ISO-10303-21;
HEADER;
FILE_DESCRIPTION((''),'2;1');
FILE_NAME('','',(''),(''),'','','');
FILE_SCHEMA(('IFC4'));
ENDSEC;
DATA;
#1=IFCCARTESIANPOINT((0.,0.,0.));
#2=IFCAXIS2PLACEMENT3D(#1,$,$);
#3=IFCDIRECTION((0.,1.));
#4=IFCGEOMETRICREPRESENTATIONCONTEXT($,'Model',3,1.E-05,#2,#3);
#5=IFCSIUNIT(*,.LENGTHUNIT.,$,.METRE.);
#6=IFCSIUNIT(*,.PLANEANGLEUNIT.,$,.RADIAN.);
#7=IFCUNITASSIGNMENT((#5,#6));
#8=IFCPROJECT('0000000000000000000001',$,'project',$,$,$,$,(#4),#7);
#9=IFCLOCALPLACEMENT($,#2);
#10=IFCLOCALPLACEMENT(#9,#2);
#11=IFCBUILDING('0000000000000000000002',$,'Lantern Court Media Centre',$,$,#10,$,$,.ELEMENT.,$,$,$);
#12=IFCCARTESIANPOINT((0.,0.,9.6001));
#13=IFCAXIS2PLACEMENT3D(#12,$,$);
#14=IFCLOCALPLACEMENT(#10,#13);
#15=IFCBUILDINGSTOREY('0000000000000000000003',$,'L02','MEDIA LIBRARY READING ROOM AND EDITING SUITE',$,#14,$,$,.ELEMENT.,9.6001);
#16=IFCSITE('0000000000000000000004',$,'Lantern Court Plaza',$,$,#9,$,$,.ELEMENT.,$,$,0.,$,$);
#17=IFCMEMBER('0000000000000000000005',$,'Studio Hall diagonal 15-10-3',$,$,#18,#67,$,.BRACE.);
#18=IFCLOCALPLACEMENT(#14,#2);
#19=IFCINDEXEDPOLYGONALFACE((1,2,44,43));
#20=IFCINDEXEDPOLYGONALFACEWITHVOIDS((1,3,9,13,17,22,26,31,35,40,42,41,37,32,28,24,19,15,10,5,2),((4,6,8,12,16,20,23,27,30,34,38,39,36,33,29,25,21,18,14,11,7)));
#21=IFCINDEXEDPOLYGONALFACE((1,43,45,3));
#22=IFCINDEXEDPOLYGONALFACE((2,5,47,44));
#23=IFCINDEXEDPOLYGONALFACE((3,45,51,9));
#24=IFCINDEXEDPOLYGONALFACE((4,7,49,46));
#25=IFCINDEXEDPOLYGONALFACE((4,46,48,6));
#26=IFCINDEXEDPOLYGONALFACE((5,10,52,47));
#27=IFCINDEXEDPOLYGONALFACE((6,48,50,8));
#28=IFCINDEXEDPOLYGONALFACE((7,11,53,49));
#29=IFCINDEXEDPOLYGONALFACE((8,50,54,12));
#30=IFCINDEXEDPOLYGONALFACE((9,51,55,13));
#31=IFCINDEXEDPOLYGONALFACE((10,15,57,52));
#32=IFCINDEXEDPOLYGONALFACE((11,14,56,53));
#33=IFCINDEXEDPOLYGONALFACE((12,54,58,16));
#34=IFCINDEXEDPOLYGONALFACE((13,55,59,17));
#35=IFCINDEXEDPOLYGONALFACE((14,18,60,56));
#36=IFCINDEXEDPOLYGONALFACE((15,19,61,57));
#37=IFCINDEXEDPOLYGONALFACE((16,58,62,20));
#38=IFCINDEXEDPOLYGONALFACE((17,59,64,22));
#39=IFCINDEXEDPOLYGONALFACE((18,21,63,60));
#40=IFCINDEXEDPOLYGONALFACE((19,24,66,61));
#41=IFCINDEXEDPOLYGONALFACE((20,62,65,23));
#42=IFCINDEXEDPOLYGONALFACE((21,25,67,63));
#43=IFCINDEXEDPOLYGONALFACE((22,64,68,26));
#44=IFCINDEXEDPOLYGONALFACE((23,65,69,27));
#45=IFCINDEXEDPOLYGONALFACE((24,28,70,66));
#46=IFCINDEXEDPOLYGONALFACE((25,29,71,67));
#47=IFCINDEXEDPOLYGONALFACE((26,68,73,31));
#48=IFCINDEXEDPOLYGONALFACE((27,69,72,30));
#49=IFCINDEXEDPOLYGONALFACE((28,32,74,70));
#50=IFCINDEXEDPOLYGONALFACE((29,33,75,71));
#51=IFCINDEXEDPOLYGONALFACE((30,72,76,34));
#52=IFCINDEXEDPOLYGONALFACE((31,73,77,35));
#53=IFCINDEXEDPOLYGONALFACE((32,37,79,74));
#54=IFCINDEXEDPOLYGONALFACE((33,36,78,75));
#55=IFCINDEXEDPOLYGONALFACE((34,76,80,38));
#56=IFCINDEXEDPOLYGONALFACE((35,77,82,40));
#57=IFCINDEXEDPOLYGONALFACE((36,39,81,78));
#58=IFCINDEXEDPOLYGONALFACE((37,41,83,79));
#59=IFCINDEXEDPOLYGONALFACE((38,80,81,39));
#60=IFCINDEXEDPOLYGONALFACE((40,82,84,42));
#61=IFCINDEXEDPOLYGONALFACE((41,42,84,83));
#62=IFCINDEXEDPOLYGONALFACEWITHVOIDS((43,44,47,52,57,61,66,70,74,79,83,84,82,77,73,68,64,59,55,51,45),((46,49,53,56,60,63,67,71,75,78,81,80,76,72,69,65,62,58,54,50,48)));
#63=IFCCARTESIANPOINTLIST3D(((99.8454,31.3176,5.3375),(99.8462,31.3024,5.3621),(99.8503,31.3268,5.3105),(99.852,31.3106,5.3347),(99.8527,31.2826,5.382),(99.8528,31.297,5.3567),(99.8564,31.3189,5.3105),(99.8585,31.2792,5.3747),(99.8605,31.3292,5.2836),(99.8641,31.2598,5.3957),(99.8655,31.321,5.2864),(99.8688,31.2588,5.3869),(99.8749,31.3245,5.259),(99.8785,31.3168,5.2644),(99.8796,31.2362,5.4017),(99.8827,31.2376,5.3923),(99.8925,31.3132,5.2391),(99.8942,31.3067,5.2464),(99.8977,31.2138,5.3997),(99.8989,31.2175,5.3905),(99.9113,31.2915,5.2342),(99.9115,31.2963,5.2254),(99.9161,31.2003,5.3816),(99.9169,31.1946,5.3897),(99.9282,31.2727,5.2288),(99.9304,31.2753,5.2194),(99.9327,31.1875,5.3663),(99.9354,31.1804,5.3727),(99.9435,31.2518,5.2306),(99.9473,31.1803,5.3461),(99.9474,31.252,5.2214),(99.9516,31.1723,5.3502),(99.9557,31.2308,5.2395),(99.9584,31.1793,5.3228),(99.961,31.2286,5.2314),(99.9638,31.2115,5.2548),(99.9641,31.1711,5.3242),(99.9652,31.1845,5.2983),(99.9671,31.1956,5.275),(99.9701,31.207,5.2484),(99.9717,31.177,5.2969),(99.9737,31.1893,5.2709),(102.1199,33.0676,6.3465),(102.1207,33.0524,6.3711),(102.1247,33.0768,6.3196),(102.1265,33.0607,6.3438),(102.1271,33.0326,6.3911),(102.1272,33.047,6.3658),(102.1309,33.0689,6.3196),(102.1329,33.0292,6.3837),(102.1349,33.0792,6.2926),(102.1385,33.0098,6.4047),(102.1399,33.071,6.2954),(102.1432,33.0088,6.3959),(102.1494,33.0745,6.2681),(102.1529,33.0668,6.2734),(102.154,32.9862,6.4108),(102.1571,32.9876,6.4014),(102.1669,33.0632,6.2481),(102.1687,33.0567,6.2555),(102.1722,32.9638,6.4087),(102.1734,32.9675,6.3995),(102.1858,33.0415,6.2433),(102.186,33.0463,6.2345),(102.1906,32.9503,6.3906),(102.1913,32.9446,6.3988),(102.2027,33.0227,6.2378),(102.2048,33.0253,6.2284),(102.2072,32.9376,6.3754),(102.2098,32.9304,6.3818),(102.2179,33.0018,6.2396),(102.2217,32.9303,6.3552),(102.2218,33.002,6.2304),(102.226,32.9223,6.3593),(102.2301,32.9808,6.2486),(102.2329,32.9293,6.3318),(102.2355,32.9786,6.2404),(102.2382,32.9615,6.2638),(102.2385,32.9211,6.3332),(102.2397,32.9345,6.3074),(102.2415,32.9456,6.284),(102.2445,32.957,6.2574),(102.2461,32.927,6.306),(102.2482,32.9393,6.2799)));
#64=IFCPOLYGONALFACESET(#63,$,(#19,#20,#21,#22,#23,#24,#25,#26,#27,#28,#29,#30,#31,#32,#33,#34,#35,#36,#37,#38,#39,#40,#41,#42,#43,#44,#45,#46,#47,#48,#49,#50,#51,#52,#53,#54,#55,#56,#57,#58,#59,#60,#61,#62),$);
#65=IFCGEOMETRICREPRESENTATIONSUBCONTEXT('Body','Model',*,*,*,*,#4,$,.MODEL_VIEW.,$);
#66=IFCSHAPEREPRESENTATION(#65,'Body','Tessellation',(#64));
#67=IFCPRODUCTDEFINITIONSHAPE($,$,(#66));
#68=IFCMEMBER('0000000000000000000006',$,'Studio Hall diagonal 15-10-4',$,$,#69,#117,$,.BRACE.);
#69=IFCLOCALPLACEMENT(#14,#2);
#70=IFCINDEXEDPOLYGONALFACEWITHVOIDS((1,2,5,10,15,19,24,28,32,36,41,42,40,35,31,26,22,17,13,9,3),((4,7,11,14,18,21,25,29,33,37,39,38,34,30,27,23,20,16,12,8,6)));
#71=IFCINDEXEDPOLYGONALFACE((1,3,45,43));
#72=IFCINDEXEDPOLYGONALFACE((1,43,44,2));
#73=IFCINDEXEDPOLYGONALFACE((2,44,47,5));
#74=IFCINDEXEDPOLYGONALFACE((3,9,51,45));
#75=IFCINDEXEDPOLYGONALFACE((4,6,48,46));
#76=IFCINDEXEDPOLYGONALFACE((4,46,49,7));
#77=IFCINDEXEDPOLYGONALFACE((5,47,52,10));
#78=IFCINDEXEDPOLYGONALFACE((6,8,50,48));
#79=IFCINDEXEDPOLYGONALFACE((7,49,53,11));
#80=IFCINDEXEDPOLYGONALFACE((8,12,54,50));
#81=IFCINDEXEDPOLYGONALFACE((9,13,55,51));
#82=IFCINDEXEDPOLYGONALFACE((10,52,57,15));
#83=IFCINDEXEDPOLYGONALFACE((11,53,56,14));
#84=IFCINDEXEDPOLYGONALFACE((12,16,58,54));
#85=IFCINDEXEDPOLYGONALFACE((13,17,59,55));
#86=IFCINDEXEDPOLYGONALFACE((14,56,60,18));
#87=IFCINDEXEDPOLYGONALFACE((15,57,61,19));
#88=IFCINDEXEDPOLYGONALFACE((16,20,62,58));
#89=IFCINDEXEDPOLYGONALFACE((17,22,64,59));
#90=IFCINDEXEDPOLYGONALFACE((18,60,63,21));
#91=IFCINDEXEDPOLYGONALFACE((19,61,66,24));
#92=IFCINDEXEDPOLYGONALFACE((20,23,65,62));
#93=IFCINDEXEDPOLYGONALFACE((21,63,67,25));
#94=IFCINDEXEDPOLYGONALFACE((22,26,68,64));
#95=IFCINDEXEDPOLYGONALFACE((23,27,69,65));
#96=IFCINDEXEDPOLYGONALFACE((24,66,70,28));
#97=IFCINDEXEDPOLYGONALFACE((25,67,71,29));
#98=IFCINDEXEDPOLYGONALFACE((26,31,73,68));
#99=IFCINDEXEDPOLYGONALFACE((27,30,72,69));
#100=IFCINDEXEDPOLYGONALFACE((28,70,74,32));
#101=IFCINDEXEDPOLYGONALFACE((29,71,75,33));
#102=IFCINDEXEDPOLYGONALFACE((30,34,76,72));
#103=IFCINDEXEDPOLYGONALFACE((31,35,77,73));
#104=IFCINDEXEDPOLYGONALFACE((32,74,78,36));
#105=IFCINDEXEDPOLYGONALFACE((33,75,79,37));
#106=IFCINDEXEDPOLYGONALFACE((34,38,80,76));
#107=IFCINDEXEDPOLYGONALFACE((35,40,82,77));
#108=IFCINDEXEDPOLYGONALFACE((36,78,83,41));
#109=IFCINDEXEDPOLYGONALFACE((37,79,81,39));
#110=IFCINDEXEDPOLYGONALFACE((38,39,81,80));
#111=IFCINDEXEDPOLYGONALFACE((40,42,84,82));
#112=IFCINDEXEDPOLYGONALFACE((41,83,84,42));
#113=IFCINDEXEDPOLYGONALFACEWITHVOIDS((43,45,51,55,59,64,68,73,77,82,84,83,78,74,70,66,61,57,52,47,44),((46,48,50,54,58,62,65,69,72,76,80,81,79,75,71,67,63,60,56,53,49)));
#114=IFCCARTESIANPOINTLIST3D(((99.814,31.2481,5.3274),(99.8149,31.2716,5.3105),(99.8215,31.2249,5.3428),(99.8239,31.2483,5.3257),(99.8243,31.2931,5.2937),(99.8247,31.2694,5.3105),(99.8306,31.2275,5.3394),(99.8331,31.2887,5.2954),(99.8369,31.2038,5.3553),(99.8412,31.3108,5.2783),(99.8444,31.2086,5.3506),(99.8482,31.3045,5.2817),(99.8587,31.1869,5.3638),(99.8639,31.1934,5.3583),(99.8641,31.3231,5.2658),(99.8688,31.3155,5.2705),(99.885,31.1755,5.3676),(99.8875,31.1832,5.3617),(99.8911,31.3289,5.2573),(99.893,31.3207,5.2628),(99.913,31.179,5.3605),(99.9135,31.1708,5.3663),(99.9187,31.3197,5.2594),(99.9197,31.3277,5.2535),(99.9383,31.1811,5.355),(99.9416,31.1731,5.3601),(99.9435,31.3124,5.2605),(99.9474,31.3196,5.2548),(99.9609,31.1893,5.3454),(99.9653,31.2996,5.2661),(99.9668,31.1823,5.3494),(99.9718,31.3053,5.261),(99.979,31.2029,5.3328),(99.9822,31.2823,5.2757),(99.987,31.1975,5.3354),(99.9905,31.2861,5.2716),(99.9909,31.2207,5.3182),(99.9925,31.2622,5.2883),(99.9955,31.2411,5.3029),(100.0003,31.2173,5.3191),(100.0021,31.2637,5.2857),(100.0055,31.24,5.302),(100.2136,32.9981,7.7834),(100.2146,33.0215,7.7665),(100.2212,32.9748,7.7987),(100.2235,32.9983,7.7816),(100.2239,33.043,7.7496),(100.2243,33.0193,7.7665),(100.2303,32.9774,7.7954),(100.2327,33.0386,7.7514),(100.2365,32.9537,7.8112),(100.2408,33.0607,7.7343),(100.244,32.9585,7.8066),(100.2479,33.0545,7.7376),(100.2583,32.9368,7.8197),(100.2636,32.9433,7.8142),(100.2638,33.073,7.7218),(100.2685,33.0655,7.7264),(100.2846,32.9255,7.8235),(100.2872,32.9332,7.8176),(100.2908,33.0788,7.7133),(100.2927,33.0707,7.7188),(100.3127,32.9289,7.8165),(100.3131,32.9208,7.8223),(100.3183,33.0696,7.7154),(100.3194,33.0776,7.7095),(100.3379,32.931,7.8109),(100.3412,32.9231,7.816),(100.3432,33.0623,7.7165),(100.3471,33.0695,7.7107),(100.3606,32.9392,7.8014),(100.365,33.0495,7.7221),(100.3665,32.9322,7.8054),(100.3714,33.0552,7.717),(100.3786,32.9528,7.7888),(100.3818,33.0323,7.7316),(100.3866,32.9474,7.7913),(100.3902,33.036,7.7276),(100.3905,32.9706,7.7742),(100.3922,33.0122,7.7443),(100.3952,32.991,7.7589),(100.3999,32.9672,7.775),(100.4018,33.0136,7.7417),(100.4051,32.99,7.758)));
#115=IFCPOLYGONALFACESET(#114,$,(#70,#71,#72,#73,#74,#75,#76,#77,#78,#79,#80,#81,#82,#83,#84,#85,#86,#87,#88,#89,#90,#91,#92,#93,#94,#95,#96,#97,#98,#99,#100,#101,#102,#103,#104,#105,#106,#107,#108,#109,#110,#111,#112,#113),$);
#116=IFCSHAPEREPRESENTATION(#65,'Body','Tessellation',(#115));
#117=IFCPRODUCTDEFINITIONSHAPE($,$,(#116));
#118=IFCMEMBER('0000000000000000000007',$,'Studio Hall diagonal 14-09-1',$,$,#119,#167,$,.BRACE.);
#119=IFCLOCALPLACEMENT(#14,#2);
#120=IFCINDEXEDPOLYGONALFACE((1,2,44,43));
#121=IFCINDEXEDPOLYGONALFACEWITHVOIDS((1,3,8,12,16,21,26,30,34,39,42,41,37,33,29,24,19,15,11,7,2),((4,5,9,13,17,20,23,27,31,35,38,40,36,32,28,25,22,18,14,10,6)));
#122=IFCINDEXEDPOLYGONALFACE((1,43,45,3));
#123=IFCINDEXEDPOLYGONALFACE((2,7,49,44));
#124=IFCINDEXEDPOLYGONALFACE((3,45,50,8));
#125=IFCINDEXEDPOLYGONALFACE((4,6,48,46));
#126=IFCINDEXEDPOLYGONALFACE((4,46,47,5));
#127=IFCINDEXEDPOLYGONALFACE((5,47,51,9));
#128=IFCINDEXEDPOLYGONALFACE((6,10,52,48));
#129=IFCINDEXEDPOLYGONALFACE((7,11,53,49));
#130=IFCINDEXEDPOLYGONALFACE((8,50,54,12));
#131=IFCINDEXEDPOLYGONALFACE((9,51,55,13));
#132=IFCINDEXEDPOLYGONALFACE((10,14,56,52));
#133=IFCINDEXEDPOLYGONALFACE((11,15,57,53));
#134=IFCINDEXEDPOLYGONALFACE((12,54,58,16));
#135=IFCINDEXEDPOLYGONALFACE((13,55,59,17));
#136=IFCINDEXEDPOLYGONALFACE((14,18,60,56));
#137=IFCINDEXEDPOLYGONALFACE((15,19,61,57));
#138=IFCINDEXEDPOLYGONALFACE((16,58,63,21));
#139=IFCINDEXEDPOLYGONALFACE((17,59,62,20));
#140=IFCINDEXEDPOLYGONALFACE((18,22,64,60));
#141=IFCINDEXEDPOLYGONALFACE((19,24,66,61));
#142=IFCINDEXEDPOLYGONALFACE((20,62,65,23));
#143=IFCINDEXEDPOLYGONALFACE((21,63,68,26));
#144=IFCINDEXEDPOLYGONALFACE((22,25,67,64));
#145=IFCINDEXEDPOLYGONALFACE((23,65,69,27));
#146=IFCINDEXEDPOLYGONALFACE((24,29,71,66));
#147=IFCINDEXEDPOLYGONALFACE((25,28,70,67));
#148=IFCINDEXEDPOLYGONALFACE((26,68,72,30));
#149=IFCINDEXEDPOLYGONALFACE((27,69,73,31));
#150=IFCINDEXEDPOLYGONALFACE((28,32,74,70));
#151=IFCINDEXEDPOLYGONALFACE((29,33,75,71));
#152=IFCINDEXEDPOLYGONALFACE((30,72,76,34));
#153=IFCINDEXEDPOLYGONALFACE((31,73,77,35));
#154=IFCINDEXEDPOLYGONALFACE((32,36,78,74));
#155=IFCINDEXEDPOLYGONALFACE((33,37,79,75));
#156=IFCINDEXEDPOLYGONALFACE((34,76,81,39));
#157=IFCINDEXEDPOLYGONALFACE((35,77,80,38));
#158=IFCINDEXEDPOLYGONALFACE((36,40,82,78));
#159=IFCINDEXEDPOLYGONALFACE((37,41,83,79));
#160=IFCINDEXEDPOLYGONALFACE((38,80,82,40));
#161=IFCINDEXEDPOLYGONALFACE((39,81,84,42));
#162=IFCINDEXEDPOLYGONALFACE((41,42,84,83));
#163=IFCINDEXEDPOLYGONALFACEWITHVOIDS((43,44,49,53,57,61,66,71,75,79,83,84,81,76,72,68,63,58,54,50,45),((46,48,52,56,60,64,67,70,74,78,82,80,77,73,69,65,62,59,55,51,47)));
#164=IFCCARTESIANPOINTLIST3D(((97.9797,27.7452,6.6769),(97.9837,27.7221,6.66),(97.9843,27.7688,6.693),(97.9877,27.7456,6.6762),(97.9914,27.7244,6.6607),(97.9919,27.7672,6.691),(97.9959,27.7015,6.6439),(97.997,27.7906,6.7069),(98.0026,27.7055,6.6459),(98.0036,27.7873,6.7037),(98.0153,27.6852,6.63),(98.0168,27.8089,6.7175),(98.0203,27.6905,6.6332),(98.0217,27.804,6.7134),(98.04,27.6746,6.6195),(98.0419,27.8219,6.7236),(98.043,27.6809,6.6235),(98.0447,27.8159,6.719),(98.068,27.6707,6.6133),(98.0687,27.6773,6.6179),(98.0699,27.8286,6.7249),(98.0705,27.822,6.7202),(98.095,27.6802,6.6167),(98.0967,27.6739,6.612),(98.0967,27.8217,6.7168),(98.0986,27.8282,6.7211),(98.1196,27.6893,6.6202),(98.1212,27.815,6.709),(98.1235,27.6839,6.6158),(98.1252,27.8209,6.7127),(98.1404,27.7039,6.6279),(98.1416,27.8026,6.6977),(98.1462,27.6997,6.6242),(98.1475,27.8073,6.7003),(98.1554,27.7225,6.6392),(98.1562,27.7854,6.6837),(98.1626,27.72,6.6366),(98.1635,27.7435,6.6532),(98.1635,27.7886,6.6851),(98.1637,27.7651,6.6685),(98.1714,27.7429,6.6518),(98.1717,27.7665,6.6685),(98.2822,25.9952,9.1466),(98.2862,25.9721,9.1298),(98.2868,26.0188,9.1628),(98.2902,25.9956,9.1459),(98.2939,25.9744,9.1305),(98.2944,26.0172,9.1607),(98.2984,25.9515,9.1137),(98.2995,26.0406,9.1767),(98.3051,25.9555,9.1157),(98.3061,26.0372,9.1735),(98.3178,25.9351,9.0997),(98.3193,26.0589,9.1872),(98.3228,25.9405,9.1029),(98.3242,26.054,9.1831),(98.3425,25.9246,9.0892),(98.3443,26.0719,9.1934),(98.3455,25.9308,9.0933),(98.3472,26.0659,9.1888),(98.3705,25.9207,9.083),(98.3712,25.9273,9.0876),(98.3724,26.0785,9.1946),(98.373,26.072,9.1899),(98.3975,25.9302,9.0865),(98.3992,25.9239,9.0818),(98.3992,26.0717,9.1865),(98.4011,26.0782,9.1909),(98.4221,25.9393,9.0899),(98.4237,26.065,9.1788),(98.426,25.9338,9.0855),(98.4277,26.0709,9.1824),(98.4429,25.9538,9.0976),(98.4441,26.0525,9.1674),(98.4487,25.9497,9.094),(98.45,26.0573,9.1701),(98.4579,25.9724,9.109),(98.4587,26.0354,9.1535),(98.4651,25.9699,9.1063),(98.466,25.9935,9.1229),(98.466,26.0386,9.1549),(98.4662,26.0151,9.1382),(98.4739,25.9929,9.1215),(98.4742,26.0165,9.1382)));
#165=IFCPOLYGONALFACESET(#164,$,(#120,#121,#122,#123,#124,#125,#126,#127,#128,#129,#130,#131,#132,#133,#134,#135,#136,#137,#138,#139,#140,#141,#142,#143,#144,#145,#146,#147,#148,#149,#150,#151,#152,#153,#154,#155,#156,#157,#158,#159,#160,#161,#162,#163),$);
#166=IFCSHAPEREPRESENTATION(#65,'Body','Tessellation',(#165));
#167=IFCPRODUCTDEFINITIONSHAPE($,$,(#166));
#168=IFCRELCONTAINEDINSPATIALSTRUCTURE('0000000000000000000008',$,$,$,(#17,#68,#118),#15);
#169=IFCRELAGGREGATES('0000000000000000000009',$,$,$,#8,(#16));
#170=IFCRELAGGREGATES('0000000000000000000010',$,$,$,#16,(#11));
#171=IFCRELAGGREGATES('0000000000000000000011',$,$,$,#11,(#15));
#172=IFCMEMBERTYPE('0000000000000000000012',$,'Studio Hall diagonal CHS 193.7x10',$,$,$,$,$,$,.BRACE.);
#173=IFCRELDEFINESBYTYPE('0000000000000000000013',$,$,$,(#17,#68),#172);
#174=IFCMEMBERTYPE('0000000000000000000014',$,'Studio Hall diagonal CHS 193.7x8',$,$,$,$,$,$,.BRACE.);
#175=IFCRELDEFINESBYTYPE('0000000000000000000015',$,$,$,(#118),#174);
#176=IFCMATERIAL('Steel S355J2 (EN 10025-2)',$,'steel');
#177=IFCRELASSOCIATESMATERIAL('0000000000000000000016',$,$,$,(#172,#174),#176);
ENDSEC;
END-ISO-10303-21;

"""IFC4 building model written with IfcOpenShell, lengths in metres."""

from ifc_helpers import new_model, si_unit, direction, frame, origin, origin_2d, place, context, subcontext, project, spatial, hollow_circle, extrude, material, material_profile, profile_set, type_object, element, save


model = new_model("IFC4")

# Units and contexts
model_context = context("Model", 3, precision=1e-05, world=origin(), true_north=direction((0.0, 1.0)))
body_context = subcontext(model_context, "Body", "Model", "MODEL_VIEW")
ifc_project = project(units=[si_unit("LENGTHUNIT", "METRE"), si_unit("PLANEANGLEUNIT", "RADIAN")], contexts=[model_context])

# Site, building, storey
site_placement = place(None, origin())
site = spatial("IfcSite", under=ifc_project, at=site_placement, Name="Lantern Court Plaza", CompositionType="ELEMENT", RefElevation=0.0)
building_placement = place(site_placement, origin())
building = spatial("IfcBuilding", under=site, at=building_placement, Name="Lantern Court Media Centre", CompositionType="ELEMENT")
storey_placement = place(building_placement, frame((0.0, 0.0, 9.6001)))
storey = spatial("IfcBuildingStorey", under=building, at=storey_placement, Name="L02", Description="MEDIA LIBRARY READING ROOM AND EDITING SUITE", CompositionType="ELEMENT", Elevation=9.6001)

# Members
ifc_material = material(Name="Steel S355J2 (EN 10025-2)", Category="steel")
ifc_material_profile_1 = material_profile(ifc_material, hollow_circle(Radius=0.0969, WallThickness=0.01, at=origin_2d()), Name="Studio Hall diagonal CHS 193.7x10")
ifc_profile_set_1 = profile_set([ifc_material_profile_1], Name="Steel S355J2 (EN 10025-2)")
member_type_1 = type_object("IfcMemberType", Name="Studio Hall diagonal CHS 193.7x10", PredefinedType="BRACE", material=ifc_profile_set_1)
for number, where, z_axis, x_axis, name in (
    (1, (99.9094, 31.25, 5.3105), (0.747677, 0.575284, 0.331703), (-0.609809, 0.792548, 0.0), "Studio Hall diagonal 15-10-3"),
    (2, (99.9094, 31.25, 5.3105), (0.131375, 0.575259, 0.807352), (-0.9749, 0.222644, 0.0), "Studio Hall diagonal 15-10-4"),
):
    element("IfcMember", number, at=place(storey_placement, frame(where, z_axis=z_axis, x_axis=x_axis)), inside=storey, type_object=member_type_1, Name=name, PredefinedType="BRACE", context=body_context, shape_type="SweptSolid", body=[
        extrude(hollow_circle(Radius=0.0969, WallThickness=0.01, at=origin_2d()), origin(), (0.0, 0.0, 1.0), 3.042),
    ])
ifc_material_profile_2 = material_profile(ifc_material, hollow_circle(Radius=0.0969, WallThickness=0.0081, at=origin_2d()), Name="Studio Hall diagonal CHS 193.7x8")
ifc_profile_set_2 = profile_set([ifc_material_profile_2], Name="Steel S355J2 (EN 10025-2)")
member_type_2 = type_object("IfcMemberType", Name="Studio Hall diagonal CHS 193.7x8", PredefinedType="BRACE", material=ifc_profile_set_2)
for number, where, z_axis, x_axis, name in (
    (3, (98.0762, 27.75, 6.6685), (0.099439, -0.575286, 0.811885), (0.985388, 0.170326, 0.0), "Studio Hall diagonal 14-09-1"),
):
    element("IfcMember", number, at=place(storey_placement, frame(where, z_axis=z_axis, x_axis=x_axis)), inside=storey, type_object=member_type_2, Name=name, PredefinedType="BRACE", context=body_context, shape_type="SweptSolid", body=[
        extrude(hollow_circle(Radius=0.0969, WallThickness=0.0081, at=origin_2d()), origin(), (0.0, 0.0, 1.0), 3.042),
    ])

save(model, "model.ifc")
